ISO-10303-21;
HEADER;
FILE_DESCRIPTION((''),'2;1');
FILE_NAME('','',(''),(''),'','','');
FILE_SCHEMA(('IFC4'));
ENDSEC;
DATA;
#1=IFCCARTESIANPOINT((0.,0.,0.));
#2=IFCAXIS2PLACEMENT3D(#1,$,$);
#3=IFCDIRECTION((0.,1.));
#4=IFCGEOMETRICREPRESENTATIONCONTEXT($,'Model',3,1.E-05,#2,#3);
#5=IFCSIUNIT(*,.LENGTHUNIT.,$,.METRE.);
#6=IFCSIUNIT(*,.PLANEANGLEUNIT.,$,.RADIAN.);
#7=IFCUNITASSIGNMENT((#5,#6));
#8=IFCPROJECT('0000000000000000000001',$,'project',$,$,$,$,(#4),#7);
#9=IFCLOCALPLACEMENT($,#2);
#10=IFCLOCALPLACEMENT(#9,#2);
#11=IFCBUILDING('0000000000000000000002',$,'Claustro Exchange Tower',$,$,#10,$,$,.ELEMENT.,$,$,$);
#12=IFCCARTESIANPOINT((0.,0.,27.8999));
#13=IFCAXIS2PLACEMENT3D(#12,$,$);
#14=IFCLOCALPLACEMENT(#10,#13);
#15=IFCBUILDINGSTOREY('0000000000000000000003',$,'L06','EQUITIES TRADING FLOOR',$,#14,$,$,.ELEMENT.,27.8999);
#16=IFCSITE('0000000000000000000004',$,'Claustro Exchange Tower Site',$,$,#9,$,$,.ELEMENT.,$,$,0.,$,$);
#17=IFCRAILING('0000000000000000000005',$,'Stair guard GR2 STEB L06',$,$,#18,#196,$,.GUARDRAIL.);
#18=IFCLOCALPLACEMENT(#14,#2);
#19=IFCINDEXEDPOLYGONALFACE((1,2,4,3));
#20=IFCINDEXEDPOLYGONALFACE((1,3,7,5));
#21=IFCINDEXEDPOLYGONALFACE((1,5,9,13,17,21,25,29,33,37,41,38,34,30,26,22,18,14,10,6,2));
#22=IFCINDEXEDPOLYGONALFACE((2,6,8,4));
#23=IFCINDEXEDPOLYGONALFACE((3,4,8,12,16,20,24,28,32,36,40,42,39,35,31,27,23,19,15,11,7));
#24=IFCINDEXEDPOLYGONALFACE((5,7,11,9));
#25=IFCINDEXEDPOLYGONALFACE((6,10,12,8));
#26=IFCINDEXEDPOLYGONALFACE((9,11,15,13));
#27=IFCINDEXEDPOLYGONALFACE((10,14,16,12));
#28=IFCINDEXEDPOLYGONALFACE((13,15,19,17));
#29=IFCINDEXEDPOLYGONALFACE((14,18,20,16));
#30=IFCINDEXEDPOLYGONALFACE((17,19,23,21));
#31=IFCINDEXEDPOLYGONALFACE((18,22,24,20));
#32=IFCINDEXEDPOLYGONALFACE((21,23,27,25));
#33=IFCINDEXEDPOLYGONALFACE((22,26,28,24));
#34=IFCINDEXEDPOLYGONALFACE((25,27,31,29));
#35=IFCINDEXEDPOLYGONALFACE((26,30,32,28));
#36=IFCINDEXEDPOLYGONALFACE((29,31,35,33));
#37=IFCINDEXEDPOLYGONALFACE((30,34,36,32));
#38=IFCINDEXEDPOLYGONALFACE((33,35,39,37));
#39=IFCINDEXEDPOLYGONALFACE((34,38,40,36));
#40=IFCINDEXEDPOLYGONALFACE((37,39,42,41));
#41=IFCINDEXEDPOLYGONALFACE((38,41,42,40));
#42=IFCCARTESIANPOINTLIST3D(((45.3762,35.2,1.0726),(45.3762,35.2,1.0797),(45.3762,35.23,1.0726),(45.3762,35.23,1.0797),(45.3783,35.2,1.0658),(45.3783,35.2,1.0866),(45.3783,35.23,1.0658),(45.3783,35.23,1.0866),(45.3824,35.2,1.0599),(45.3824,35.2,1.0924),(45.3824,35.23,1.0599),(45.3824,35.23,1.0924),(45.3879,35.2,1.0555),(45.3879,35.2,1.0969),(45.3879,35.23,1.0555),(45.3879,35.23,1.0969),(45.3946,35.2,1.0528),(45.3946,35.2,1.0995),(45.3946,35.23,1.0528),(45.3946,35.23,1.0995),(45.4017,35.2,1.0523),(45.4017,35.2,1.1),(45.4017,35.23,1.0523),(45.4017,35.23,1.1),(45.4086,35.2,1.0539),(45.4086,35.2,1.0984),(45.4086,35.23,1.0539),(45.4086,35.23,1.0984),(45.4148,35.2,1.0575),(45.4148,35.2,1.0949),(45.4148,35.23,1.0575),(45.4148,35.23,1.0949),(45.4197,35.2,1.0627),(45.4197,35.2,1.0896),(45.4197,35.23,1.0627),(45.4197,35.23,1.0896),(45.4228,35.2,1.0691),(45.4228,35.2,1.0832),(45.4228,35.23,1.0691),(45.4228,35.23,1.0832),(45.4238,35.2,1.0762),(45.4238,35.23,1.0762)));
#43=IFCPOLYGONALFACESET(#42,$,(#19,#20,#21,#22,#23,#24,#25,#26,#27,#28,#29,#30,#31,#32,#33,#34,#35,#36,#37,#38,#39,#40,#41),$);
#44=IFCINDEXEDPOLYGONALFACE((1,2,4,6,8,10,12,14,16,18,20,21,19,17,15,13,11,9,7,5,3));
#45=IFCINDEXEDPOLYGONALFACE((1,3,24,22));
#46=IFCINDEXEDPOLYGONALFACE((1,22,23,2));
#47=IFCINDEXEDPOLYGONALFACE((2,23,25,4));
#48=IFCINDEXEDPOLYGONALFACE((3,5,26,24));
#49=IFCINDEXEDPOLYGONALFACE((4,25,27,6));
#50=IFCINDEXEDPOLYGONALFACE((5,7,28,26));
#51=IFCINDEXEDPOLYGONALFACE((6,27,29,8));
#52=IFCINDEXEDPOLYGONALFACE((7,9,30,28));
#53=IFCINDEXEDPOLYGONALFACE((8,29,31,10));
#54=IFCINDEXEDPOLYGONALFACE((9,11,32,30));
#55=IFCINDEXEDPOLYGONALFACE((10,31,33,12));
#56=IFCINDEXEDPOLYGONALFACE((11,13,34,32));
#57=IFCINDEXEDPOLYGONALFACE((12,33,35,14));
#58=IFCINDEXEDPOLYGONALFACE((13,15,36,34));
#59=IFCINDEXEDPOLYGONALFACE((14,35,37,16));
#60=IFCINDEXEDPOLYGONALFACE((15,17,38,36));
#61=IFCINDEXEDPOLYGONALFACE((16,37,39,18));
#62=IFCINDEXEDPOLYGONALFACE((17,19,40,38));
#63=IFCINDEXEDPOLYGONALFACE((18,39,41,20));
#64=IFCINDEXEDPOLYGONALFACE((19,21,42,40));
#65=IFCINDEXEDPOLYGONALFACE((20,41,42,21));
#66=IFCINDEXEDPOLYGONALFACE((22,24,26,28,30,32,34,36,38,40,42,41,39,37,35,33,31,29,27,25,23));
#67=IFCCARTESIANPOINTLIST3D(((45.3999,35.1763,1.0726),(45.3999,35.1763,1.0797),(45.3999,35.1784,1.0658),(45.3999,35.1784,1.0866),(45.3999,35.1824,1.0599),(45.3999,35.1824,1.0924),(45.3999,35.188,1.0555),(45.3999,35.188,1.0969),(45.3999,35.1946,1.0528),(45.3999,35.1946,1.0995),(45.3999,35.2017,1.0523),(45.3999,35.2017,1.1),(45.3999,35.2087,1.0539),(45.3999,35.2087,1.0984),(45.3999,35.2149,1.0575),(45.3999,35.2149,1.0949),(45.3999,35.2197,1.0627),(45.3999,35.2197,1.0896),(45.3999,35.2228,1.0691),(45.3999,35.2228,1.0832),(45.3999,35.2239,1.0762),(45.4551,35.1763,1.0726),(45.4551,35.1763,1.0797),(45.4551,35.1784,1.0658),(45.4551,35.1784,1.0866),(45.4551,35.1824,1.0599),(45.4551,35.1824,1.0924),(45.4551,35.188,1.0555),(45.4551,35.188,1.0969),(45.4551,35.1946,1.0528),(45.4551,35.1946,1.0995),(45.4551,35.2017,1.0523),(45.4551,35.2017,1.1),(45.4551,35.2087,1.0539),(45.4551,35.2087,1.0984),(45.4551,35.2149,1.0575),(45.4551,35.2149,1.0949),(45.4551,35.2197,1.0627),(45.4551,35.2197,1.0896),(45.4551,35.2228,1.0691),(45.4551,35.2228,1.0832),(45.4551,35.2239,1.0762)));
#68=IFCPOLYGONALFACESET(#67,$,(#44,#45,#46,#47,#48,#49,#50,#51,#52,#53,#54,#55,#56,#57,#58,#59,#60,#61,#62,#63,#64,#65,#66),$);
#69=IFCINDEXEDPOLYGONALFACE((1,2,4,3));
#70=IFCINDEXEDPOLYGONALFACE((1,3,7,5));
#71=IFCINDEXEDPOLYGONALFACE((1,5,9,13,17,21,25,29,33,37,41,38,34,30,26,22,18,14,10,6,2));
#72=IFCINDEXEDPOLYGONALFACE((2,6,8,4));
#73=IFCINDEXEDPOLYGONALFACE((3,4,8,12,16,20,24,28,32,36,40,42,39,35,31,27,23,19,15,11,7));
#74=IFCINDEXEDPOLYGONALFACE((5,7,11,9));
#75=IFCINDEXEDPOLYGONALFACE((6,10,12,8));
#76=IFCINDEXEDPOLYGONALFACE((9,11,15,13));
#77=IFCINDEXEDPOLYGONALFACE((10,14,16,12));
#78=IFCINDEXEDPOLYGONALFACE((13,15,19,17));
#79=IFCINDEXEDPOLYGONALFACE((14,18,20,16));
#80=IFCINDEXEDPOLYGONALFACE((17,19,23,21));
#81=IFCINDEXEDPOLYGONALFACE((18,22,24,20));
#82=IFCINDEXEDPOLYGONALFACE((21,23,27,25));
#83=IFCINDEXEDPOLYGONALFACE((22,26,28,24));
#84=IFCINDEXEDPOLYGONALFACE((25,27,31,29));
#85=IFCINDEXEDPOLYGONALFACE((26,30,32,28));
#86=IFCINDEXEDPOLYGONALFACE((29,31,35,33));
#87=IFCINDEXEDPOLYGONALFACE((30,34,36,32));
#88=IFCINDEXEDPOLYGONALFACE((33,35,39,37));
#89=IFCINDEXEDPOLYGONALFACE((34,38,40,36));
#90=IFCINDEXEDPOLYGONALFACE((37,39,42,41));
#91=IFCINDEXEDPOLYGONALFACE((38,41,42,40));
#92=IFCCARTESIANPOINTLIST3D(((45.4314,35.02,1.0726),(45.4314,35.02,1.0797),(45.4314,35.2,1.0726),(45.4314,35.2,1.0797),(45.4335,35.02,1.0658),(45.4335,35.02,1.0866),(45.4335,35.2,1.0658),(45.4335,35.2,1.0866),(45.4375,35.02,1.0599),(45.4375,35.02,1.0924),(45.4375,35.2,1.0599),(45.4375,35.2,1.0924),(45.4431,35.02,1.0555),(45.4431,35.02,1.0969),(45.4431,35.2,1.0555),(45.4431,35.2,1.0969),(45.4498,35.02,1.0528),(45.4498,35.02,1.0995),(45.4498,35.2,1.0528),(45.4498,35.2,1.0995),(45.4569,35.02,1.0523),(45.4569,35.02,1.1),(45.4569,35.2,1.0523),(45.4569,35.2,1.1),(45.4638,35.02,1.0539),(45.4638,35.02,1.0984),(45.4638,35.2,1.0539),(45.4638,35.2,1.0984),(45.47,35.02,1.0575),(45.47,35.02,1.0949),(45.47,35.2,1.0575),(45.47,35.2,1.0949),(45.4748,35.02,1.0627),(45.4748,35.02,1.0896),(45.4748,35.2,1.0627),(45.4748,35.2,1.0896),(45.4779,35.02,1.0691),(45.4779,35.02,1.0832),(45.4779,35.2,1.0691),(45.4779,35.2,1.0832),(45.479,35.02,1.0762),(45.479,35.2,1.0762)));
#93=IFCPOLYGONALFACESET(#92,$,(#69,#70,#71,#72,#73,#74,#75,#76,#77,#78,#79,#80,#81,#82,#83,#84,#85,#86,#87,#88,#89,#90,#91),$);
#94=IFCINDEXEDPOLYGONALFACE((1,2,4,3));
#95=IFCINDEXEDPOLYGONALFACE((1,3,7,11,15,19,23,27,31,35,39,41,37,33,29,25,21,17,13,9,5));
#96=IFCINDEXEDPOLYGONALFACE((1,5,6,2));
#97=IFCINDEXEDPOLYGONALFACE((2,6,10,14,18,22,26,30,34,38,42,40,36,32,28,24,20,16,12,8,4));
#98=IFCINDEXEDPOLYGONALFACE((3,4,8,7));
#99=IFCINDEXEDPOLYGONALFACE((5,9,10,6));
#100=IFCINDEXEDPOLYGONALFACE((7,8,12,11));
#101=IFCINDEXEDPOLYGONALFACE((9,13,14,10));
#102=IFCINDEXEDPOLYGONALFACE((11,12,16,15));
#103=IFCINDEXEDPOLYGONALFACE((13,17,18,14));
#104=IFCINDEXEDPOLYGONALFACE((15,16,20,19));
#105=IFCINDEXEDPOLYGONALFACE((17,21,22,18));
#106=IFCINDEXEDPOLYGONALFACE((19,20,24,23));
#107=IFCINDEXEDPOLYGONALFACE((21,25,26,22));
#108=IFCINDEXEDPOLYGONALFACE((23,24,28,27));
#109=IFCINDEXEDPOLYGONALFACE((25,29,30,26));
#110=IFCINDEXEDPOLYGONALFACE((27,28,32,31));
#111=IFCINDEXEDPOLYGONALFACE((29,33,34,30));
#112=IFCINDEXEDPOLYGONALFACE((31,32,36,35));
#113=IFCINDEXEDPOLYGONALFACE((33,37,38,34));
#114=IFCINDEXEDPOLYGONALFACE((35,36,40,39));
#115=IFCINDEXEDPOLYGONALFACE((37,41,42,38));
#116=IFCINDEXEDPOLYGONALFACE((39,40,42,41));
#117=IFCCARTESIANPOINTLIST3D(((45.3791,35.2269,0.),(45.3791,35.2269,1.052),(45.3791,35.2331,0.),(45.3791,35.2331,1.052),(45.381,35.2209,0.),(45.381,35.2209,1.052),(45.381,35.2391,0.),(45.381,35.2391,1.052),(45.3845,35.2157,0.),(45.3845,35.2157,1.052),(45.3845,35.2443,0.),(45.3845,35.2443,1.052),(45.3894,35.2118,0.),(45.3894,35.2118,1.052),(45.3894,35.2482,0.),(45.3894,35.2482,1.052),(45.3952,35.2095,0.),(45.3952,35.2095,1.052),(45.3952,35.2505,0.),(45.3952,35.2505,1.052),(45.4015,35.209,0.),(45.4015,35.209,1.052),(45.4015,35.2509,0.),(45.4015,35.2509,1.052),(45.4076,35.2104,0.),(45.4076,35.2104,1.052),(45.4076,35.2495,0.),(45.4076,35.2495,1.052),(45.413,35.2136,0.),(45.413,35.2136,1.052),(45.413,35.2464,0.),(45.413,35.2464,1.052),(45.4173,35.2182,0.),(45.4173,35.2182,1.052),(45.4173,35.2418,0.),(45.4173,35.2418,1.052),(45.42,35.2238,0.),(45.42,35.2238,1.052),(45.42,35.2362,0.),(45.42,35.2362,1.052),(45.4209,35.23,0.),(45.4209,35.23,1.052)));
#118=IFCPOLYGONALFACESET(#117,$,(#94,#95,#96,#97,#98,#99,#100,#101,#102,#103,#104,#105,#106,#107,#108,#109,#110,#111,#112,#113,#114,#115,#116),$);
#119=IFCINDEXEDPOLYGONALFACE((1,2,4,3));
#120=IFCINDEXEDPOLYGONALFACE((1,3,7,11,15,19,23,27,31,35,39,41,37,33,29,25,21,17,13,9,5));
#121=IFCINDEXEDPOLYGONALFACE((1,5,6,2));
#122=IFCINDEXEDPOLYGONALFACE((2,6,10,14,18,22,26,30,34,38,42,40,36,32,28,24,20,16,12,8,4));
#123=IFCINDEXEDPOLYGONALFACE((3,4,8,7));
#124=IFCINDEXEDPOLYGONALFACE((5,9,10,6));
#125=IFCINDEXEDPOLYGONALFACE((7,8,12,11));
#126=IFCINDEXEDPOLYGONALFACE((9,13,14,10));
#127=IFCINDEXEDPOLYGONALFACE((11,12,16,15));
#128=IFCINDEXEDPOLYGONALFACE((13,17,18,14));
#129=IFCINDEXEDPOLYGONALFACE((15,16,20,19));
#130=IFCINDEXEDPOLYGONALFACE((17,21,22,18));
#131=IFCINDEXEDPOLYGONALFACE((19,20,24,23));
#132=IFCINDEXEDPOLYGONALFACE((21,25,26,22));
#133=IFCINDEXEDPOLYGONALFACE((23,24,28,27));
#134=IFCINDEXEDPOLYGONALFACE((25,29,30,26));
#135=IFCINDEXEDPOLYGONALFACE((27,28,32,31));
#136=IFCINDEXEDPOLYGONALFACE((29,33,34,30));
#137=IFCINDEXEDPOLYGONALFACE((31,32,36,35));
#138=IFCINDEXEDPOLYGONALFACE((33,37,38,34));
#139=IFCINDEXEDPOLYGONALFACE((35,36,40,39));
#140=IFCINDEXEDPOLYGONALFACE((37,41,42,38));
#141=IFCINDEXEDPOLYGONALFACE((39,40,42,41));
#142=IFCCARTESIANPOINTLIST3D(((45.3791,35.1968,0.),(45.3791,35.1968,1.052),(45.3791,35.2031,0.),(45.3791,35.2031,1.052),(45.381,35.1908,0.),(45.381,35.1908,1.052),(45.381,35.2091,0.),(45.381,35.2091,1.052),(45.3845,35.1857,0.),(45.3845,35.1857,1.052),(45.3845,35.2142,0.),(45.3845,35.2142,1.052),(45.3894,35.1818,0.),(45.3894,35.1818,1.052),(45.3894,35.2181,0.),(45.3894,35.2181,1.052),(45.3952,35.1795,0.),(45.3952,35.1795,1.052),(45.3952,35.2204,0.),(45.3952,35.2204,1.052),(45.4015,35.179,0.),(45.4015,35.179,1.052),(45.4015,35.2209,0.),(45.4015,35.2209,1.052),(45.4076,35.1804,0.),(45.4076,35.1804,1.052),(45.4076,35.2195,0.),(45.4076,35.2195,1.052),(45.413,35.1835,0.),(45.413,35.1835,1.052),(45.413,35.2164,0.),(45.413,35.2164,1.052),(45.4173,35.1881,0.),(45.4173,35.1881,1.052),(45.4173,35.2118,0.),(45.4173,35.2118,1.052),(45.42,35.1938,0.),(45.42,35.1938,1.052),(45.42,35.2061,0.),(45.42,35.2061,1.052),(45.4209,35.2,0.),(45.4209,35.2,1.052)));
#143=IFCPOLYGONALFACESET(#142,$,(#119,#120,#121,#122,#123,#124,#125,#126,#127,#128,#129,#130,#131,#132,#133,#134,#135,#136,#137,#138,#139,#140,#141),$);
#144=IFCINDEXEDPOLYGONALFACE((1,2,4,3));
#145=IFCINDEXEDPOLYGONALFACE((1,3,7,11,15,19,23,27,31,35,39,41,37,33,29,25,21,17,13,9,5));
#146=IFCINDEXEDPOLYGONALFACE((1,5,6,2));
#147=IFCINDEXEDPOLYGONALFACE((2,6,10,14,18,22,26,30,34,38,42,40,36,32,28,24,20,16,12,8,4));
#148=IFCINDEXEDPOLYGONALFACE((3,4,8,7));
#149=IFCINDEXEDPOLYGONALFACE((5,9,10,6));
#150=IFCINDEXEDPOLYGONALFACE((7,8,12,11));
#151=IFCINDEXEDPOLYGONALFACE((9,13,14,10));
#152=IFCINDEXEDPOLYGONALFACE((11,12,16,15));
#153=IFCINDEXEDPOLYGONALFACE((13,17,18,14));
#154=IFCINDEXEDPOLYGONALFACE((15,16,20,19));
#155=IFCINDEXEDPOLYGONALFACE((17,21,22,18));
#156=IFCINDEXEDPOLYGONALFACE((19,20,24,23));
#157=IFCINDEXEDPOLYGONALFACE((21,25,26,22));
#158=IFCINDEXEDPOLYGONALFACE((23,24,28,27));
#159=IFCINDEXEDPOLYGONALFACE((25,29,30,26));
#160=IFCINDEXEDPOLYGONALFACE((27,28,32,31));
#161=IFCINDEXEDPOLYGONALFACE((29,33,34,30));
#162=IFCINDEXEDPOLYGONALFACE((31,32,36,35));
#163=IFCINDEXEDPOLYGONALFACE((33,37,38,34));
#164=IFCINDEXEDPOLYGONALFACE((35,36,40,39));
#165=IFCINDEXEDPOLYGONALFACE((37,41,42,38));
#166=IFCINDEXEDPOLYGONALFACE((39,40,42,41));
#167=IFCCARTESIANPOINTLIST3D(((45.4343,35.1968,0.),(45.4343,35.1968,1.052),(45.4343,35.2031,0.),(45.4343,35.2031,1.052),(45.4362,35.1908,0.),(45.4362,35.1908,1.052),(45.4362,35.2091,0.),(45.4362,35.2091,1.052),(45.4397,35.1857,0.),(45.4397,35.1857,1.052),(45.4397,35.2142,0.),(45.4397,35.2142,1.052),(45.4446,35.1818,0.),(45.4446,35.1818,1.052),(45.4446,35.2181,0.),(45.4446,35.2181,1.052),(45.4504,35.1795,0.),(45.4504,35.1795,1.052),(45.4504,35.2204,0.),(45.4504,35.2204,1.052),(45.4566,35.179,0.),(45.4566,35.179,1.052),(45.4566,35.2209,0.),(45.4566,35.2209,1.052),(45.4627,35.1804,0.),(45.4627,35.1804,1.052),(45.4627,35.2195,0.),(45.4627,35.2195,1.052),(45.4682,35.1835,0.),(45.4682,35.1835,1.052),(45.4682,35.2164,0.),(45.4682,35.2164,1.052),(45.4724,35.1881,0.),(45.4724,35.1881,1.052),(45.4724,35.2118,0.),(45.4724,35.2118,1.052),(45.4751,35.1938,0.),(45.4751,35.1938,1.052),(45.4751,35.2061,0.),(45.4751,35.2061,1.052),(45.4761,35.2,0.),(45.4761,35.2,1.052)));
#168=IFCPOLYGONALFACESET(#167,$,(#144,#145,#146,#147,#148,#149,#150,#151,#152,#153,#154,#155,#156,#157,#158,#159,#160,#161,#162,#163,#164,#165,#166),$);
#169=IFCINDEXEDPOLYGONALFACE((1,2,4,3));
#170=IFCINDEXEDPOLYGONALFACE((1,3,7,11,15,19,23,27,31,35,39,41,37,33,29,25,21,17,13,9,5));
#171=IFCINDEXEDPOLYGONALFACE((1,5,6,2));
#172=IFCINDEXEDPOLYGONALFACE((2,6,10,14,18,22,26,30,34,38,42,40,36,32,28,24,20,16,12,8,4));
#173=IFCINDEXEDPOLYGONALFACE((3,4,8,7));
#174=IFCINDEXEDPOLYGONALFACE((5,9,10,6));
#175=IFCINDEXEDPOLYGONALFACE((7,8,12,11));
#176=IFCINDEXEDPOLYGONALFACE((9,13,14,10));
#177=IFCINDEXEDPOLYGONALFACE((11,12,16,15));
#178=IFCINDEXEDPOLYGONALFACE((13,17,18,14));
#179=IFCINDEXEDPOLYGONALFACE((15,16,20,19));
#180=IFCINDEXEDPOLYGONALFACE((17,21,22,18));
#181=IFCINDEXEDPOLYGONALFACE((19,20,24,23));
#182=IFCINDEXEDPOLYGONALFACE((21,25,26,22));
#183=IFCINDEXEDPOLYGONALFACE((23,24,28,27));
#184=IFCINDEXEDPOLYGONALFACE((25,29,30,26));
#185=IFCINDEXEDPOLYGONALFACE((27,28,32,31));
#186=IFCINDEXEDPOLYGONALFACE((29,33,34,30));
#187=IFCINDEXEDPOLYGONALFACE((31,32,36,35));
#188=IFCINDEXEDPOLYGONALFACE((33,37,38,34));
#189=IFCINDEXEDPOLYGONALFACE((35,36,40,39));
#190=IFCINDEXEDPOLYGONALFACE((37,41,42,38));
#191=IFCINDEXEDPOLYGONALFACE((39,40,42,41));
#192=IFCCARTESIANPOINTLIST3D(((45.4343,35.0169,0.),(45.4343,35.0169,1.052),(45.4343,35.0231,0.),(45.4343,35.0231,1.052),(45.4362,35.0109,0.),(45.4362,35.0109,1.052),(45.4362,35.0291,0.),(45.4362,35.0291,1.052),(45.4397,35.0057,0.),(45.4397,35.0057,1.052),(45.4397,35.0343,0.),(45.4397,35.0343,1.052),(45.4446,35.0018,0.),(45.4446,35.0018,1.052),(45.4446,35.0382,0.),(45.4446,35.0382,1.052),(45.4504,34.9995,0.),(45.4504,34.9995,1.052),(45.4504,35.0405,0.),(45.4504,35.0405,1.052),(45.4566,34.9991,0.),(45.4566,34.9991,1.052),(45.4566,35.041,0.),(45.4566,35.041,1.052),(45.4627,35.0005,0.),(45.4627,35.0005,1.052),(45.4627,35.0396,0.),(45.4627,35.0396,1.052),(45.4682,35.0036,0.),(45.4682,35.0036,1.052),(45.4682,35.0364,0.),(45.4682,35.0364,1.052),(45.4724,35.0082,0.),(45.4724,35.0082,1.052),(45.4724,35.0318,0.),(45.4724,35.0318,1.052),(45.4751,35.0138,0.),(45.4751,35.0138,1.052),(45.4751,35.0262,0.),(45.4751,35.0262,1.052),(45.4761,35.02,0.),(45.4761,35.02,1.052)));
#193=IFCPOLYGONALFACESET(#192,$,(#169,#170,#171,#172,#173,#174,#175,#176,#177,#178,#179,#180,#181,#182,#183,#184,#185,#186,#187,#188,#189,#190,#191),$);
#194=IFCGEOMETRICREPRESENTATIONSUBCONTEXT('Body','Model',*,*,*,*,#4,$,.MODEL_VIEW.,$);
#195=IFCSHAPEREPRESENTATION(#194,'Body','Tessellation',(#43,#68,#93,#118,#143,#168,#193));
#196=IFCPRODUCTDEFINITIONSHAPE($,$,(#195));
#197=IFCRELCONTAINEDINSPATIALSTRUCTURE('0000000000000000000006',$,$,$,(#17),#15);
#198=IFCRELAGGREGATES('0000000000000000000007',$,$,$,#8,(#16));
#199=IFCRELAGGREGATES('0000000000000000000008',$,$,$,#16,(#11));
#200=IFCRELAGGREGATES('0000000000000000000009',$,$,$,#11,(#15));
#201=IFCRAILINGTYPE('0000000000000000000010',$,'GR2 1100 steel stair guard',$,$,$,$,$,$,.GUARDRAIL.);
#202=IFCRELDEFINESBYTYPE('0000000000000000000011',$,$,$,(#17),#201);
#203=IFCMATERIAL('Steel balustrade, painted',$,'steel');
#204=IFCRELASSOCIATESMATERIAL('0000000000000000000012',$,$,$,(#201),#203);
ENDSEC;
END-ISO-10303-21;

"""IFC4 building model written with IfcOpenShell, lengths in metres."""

from ifc_helpers import new_model, si_unit, direction, frame, origin, origin_2d, place, context, subcontext, project, spatial, circle, extrude, material, type_object, element, save


model = new_model("IFC4")

# Units and contexts
model_context = context("Model", 3, precision=1e-05, world=origin(), true_north=direction((0.0, 1.0)))
body_context = subcontext(model_context, "Body", "Model", "MODEL_VIEW")
ifc_project = project(units=[si_unit("LENGTHUNIT", "METRE"), si_unit("PLANEANGLEUNIT", "RADIAN")], contexts=[model_context])

# Site, building, storey
site_placement = place(None, origin())
site = spatial("IfcSite", under=ifc_project, at=site_placement, Name="Claustro Exchange Tower Site", CompositionType="ELEMENT", RefElevation=0.0)
building_placement = place(site_placement, origin())
building = spatial("IfcBuilding", under=site, at=building_placement, Name="Claustro Exchange Tower", CompositionType="ELEMENT")
storey_placement = place(building_placement, frame((0.0, 0.0, 27.8999)))
storey = spatial("IfcBuildingStorey", under=building, at=storey_placement, Name="L06", Description="EQUITIES TRADING FLOOR", CompositionType="ELEMENT", Elevation=27.8999)

# Railing
ifc_material_1 = material(Name="Steel balustrade, painted", Category="steel")
railing_type_1 = type_object("IfcRailingType", Name="GR2 1100 steel stair guard", PredefinedType="GUARDRAIL", material=ifc_material_1)
railing_1_placement = place(storey_placement, frame((45.3999, 35.23, 0.0)))
element("IfcRailing", 1, at=railing_1_placement, inside=storey, type_object=railing_type_1, Name="Stair guard GR2 STEB L06", PredefinedType="GUARDRAIL", context=body_context, shape_type="SweptSolid", body=[
    extrude(circle(Radius=0.0239, at=origin_2d()), frame((0.0, 0.0, 1.0762), z_axis=(0.0, -1.0, 0.0), x_axis=(1.0, 0.0, 0.0)), (0.0, 0.0, 1.0), 0.03),
    extrude(circle(Radius=0.0239, at=origin_2d()), frame((0.0, -0.03, 1.0762), z_axis=(1.0, 0.0, 0.0), x_axis=(0.0, 1.0, 0.0)), (0.0, 0.0, 1.0), 0.0552),
    extrude(circle(Radius=0.0239, at=origin_2d()), frame((0.0552, -0.03, 1.0762), z_axis=(0.0, -1.0, 0.0), x_axis=(1.0, 0.0, 0.0)), (0.0, 0.0, 1.0), 0.1799),
    extrude(circle(Radius=0.021, at=origin_2d()), origin(), (0.0, 0.0, 1.0), 1.052),
    extrude(circle(Radius=0.021, at=origin_2d()), frame((0.0, -0.03, 0.0)), (0.0, 0.0, 1.0), 1.052),
    extrude(circle(Radius=0.021, at=origin_2d()), frame((0.0552, -0.03, 0.0)), (0.0, 0.0, 1.0), 1.052),
    extrude(circle(Radius=0.021, at=origin_2d()), frame((0.0552, -0.21, 0.0)), (0.0, 0.0, 1.0), 1.052),
])

save(model, "model.ifc")
